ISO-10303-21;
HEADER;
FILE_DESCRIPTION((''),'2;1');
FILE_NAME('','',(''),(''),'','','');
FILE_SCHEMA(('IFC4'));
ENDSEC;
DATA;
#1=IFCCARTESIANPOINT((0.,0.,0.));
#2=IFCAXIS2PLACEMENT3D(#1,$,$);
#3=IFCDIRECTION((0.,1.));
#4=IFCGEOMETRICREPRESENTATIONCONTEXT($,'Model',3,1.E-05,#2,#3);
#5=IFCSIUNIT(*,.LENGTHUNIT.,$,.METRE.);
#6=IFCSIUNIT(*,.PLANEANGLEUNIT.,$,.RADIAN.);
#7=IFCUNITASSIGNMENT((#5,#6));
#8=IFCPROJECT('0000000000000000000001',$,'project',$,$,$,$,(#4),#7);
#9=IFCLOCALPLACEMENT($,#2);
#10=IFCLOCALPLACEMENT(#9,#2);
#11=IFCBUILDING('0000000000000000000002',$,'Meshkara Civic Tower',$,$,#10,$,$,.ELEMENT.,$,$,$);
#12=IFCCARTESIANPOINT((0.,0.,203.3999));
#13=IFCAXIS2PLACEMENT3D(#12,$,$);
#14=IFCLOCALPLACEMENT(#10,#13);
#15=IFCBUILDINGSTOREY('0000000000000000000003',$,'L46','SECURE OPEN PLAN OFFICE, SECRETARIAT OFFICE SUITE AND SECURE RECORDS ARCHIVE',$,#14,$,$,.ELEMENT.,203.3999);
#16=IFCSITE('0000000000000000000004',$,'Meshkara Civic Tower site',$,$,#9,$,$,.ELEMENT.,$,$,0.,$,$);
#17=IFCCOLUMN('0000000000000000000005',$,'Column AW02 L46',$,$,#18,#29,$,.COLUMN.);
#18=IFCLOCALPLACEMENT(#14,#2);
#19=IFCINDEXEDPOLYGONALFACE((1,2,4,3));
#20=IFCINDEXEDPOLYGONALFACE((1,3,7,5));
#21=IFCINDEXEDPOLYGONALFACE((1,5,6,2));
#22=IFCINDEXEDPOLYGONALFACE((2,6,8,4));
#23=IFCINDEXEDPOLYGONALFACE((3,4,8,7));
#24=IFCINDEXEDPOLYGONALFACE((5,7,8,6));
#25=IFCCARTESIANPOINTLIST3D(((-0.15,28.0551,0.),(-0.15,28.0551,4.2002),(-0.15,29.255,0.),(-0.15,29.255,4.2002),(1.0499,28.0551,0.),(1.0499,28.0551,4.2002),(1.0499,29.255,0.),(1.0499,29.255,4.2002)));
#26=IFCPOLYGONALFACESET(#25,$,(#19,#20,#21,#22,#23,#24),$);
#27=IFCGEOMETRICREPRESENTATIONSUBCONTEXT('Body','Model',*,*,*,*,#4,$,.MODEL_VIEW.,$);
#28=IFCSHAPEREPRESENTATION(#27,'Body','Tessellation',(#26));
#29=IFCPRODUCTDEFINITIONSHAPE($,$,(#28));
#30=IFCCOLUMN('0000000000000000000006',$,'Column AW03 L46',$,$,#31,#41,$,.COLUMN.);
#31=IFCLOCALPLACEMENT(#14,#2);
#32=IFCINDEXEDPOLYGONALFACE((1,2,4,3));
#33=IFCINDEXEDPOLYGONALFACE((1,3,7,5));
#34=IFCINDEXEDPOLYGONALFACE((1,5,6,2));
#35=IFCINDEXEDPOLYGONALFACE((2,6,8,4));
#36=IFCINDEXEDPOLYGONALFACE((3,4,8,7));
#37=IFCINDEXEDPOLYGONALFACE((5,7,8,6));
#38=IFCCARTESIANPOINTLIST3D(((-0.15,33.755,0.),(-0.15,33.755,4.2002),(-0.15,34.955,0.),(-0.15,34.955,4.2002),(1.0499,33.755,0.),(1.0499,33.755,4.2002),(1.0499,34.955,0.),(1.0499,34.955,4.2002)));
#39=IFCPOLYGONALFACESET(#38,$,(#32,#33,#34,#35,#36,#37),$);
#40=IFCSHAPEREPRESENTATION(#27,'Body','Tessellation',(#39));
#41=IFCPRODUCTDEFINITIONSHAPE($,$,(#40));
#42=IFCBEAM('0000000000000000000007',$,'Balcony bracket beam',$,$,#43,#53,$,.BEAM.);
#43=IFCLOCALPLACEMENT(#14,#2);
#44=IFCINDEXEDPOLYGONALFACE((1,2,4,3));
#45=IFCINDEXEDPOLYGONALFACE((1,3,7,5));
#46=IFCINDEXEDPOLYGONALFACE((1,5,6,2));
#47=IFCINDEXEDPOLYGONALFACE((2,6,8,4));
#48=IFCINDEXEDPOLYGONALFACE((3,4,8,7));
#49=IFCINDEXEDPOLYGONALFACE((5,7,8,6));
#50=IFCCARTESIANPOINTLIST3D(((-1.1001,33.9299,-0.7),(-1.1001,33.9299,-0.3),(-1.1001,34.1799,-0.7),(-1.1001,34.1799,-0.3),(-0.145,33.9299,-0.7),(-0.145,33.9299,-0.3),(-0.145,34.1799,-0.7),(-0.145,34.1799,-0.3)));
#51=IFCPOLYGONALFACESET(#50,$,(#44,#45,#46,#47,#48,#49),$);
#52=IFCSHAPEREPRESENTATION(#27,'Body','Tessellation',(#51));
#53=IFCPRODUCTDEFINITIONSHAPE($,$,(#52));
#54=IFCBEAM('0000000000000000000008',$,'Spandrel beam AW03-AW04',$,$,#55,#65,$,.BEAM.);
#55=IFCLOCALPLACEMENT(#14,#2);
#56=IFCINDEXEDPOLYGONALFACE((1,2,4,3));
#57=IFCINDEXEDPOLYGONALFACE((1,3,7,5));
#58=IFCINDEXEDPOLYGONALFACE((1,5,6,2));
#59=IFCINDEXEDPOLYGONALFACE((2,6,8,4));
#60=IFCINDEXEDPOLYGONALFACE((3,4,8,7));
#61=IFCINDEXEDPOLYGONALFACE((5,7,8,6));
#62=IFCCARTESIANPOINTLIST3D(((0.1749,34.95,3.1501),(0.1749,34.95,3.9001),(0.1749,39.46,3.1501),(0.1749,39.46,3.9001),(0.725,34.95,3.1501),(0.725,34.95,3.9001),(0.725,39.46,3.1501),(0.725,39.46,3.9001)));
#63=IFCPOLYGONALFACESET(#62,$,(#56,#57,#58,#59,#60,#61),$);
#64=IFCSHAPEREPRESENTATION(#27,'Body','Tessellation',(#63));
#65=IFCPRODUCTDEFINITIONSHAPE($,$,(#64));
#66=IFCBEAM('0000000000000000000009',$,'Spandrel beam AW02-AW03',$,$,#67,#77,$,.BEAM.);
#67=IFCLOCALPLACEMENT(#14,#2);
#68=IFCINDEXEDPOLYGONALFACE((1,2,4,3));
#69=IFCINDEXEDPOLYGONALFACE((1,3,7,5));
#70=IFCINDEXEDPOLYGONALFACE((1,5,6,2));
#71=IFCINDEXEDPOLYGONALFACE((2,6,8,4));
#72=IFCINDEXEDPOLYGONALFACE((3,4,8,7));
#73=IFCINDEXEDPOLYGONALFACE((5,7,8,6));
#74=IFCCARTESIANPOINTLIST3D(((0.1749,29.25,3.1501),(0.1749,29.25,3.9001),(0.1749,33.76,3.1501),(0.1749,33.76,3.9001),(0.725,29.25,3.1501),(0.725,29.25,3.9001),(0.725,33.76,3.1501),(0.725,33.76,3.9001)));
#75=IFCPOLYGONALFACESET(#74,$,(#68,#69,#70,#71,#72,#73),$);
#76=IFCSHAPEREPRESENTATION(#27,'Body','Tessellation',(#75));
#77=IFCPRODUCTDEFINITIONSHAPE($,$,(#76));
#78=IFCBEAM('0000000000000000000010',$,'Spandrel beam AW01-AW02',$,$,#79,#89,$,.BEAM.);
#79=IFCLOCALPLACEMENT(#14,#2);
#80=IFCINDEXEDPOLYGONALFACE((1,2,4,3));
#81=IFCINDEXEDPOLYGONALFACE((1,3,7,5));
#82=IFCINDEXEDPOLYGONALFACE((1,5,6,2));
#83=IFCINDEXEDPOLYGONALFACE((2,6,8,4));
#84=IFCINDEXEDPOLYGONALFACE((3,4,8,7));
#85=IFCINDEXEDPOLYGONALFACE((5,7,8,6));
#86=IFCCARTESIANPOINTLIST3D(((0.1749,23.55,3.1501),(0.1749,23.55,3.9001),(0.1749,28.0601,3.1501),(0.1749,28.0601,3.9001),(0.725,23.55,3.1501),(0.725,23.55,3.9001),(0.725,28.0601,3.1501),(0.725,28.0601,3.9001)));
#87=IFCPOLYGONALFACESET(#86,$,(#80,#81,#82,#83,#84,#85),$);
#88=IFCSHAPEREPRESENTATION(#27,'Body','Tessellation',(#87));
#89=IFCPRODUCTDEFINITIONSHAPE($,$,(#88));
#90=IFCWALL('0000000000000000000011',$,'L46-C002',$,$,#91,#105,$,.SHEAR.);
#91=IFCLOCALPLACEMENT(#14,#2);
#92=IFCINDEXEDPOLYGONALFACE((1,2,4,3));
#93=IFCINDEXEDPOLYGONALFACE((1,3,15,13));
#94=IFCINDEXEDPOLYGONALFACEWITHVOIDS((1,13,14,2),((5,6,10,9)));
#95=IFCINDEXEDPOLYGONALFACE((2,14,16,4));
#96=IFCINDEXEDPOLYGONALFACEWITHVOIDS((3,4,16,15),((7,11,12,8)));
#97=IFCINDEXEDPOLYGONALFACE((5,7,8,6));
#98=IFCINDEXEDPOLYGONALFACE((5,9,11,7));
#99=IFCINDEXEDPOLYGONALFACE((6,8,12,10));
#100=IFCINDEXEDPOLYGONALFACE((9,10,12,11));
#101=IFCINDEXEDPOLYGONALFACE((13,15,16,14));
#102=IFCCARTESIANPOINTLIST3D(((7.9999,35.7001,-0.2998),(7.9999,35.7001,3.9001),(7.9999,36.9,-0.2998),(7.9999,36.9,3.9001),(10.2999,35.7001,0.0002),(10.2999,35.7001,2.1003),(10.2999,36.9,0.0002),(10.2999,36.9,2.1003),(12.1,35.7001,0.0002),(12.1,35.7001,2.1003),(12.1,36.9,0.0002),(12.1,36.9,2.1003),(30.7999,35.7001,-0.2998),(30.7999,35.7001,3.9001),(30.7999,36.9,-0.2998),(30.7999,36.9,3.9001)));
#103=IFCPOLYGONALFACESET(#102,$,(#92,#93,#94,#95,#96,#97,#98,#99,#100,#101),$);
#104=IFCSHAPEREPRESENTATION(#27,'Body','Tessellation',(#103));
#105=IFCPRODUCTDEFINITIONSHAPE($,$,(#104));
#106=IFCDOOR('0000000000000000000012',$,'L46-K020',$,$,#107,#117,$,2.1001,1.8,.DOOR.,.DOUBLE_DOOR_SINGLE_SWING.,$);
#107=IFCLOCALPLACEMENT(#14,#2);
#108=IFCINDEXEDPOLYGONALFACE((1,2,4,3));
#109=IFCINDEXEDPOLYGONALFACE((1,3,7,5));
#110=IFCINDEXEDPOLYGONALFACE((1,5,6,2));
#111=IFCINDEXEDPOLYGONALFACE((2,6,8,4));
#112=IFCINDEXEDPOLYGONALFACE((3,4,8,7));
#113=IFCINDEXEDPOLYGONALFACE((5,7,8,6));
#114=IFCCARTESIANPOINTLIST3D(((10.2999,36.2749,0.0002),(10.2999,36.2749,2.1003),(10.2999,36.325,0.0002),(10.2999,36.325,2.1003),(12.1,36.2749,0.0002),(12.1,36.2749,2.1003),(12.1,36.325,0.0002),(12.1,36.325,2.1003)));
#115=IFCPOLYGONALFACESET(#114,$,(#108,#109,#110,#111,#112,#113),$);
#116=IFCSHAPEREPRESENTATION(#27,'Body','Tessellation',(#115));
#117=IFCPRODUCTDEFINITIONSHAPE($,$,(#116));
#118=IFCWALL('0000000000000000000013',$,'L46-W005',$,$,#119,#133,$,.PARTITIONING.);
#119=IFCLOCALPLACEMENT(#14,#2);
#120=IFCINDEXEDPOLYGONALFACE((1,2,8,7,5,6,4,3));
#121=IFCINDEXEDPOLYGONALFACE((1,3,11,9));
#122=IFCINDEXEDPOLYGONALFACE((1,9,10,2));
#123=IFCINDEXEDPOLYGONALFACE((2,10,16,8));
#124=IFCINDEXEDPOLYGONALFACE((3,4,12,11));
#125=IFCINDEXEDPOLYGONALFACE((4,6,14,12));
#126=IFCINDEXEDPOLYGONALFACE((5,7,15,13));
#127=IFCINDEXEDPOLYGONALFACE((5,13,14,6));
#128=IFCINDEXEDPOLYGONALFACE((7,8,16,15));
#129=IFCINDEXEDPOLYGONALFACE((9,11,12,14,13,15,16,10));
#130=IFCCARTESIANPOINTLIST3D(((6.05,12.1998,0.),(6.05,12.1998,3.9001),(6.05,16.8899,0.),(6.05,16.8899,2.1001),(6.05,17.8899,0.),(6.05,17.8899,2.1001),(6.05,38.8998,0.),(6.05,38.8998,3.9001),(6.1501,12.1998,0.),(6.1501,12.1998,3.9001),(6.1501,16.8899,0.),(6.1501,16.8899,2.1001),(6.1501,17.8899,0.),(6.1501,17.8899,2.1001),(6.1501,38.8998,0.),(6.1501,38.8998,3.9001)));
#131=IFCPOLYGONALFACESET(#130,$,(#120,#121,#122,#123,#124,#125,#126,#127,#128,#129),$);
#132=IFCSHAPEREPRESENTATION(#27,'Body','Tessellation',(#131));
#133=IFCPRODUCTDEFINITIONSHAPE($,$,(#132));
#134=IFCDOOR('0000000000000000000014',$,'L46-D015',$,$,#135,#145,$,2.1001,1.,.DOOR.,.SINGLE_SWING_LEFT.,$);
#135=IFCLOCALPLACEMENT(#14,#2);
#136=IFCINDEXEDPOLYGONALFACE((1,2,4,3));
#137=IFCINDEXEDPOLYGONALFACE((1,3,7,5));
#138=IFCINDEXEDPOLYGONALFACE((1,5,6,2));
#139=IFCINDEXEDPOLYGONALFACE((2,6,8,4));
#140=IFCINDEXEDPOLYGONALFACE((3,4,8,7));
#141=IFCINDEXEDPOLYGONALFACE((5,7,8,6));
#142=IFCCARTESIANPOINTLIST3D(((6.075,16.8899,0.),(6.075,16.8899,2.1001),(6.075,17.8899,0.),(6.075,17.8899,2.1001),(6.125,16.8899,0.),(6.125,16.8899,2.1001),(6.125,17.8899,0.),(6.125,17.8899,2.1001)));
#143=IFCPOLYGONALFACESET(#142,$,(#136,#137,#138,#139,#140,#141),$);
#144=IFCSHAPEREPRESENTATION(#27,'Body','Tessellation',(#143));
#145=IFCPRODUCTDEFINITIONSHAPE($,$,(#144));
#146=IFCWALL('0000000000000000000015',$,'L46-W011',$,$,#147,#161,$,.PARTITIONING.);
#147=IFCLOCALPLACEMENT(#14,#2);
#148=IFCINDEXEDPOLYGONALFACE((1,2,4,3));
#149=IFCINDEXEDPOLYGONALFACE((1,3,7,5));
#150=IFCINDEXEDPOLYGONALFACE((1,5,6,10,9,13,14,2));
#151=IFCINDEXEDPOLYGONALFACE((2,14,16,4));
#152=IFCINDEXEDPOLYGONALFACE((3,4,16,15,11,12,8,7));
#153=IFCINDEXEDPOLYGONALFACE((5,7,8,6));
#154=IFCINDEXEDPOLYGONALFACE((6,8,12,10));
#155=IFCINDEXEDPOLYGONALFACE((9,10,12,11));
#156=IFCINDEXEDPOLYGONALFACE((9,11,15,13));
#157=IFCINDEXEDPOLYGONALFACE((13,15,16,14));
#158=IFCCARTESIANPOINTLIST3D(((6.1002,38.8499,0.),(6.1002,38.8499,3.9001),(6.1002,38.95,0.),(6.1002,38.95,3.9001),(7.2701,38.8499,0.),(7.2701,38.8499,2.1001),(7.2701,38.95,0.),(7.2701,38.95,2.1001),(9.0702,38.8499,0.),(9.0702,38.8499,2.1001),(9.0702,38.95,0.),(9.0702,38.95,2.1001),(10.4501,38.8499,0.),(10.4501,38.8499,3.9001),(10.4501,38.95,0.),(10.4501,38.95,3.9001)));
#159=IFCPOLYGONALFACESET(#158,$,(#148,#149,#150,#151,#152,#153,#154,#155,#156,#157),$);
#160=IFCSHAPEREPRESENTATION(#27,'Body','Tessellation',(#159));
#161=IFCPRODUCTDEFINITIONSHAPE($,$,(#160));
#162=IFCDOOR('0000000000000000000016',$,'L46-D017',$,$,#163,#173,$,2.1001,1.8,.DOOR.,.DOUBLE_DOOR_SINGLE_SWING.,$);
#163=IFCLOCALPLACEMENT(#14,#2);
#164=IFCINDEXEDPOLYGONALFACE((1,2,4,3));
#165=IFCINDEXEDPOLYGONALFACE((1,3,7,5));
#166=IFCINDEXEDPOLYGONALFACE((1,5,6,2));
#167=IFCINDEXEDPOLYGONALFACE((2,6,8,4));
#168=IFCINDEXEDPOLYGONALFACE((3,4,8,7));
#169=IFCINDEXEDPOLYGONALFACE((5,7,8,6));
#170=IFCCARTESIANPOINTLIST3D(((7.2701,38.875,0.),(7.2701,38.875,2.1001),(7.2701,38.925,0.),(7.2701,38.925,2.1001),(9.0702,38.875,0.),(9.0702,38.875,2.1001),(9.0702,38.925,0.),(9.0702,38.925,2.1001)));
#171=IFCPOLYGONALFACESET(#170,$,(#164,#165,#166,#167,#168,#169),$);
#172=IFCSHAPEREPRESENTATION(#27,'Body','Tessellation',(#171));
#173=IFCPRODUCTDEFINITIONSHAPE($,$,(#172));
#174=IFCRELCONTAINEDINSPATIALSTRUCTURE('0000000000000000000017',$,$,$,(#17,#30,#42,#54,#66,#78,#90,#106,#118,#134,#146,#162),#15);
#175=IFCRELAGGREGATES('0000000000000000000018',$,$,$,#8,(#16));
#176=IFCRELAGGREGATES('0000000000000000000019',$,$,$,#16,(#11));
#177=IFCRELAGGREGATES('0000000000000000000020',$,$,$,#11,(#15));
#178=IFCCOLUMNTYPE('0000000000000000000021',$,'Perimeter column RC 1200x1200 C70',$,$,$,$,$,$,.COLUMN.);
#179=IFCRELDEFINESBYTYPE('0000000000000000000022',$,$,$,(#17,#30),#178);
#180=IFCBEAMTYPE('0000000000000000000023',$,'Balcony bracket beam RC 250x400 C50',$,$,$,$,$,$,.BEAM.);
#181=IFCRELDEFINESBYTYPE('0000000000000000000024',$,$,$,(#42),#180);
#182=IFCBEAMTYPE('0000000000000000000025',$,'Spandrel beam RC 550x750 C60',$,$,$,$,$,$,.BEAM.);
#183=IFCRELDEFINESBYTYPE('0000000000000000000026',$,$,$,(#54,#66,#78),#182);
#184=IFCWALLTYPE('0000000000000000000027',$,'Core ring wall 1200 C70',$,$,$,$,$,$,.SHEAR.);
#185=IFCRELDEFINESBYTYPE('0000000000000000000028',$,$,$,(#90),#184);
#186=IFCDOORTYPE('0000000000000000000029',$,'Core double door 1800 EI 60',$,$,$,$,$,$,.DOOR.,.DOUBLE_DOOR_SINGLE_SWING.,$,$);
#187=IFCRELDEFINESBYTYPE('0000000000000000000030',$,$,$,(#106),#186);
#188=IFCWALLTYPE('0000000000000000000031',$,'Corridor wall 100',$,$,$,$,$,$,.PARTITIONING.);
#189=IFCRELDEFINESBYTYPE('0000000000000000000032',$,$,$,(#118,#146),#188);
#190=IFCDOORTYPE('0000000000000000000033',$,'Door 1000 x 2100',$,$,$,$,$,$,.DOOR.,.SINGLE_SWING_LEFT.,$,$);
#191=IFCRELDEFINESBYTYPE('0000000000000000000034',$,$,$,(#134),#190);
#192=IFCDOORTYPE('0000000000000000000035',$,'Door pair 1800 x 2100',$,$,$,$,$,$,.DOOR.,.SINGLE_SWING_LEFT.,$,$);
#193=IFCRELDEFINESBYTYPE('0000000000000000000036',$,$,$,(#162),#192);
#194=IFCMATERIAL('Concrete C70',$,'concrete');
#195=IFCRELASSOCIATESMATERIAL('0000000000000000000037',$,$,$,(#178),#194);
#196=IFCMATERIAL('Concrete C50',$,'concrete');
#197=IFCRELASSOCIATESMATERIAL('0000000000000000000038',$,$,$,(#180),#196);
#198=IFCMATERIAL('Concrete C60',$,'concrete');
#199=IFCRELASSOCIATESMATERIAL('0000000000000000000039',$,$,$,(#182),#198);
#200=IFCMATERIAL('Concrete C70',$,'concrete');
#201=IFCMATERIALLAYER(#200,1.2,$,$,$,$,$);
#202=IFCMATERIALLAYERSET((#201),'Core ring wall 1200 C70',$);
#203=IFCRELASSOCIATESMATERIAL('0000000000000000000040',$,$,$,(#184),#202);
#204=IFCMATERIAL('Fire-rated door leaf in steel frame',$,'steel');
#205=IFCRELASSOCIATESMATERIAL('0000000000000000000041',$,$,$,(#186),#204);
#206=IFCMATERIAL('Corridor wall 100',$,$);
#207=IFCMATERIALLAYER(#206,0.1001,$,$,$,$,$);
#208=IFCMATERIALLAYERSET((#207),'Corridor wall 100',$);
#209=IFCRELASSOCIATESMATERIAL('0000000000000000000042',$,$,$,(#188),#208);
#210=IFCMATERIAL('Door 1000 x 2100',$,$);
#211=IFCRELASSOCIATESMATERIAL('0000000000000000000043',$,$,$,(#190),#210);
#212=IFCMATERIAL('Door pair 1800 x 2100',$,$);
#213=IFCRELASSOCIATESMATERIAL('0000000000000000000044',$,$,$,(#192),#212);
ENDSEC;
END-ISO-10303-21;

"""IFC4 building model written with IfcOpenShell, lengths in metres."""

from ifc_helpers import new_model, si_unit, direction, frame, frame_2d, origin, origin_2d, place, context, subcontext, project, spatial, rectangle, extrude, material, layer, layer_set, material_profile, profile_set, type_object, element, fill, save


model = new_model("IFC4")

# Units and contexts
model_context = context("Model", 3, precision=1e-05, world=origin(), true_north=direction((0.0, 1.0)))
body_context = subcontext(model_context, "Body", "Model", "MODEL_VIEW")
ifc_project = project(units=[si_unit("LENGTHUNIT", "METRE"), si_unit("PLANEANGLEUNIT", "RADIAN")], contexts=[model_context])

# Site, building, storey
site_placement = place(None, origin())
site = spatial("IfcSite", under=ifc_project, at=site_placement, Name="Meshkara Civic Tower site", CompositionType="ELEMENT", RefElevation=0.0)
building_placement = place(site_placement, origin())
building = spatial("IfcBuilding", under=site, at=building_placement, Name="Meshkara Civic Tower", CompositionType="ELEMENT")
storey_placement = place(building_placement, frame((0.0, 0.0, 203.3999)))
storey = spatial("IfcBuildingStorey", under=building, at=storey_placement, Name="L46", Description="SECURE OPEN PLAN OFFICE, SECRETARIAT OFFICE SUITE AND SECURE RECORDS ARCHIVE", CompositionType="ELEMENT", Elevation=203.3999)

# Columns
ifc_material_1 = material(Name="Concrete C70", Category="concrete")
ifc_material_profile_1 = material_profile(ifc_material_1, rectangle(XDim=1.2, YDim=1.2, at=origin_2d()))
ifc_profile_set_1 = profile_set([ifc_material_profile_1], Name="Concrete C70")
column_type = type_object("IfcColumnType", Name="Perimeter column RC 1200x1200 C70", PredefinedType="COLUMN", material=ifc_profile_set_1)
for number, where, z_axis, x_axis, name in (
    (1, (0.45, 28.655, 0.0), (0.0, 0.0, 1.0), (1.0, 0.0, 0.0), "Column AW02 L46"),
    (2, (0.45, 34.355, 0.0), (0.0, 0.0, 1.0), (1.0, 0.0, 0.0), "Column AW03 L46"),
):
    element("IfcColumn", number, at=place(storey_placement, frame(where, z_axis=z_axis, x_axis=x_axis)), inside=storey, type_object=column_type, Name=name, PredefinedType="COLUMN", context=body_context, shape_type="SweptSolid", body=[
        extrude(rectangle(XDim=1.2, YDim=1.2, at=origin_2d()), origin(), (0.0, 0.0, 1.0), 4.2002),
    ])

# Beams
ifc_material_2 = material(Name="Concrete C50", Category="concrete")
ifc_material_profile_2 = material_profile(ifc_material_2, rectangle(XDim=0.25, YDim=0.3999, at=origin_2d()))
ifc_profile_set_2 = profile_set([ifc_material_profile_2], Name="Concrete C50")
beam_type_1 = type_object("IfcBeamType", Name="Balcony bracket beam RC 250x400 C50", PredefinedType="BEAM", material=ifc_profile_set_2)
beam_placement = place(storey_placement, frame((-0.145, 34.0549, -0.5), z_axis=(-1.0, 0.0, 0.0), x_axis=(0.0, -1.0, 0.0)))
element("IfcBeam", 3, at=beam_placement, inside=storey, type_object=beam_type_1, Name="Balcony bracket beam", PredefinedType="BEAM", context=body_context, shape_type="SweptSolid", body=[
    extrude(rectangle(XDim=0.25, YDim=0.3999, at=origin_2d()), origin(), (0.0, 0.0, 1.0), 0.9551),
])
ifc_material_3 = material(Name="Concrete C60", Category="concrete")
ifc_material_profile_3 = material_profile(ifc_material_3, rectangle(XDim=0.55, YDim=0.75, at=origin_2d()))
ifc_profile_set_3 = profile_set([ifc_material_profile_3], Name="Concrete C60")
beam_type_2 = type_object("IfcBeamType", Name="Spandrel beam RC 550x750 C60", PredefinedType="BEAM", material=ifc_profile_set_3)
for number, where, z_axis, x_axis, name in (
    (4, (0.45, 39.46, 3.5251), (0.0, -1.0, 0.0), (1.0, 0.0, 0.0), "Spandrel beam AW03-AW04"),
    (5, (0.45, 33.76, 3.5251), (0.0, -1.0, 0.0), (1.0, 0.0, 0.0), "Spandrel beam AW02-AW03"),
    (6, (0.45, 28.0601, 3.5251), (0.0, -1.0, 0.0), (1.0, 0.0, 0.0), "Spandrel beam AW01-AW02"),
):
    element("IfcBeam", number, at=place(storey_placement, frame(where, z_axis=z_axis, x_axis=x_axis)), inside=storey, type_object=beam_type_2, Name=name, PredefinedType="BEAM", context=body_context, shape_type="SweptSolid", body=[
        extrude(rectangle(XDim=0.55, YDim=0.75, at=origin_2d()), origin(), (0.0, 0.0, 1.0), 4.51),
    ])

# Walls, openings, doors
ifc_material_4 = material(Name="Concrete C70", Category="concrete")
ifc_layer_1 = layer(ifc_material_4, 1.2)
ifc_layer_set_1 = layer_set([ifc_layer_1], Name="Core ring wall 1200 C70")
wall_type_1 = type_object("IfcWallType", Name="Core ring wall 1200 C70", PredefinedType="SHEAR", material=ifc_layer_set_1)
wall_1_placement = place(storey_placement, frame((8.0, 36.3, -0.2998), z_axis=(0.0, 0.0, 1.0), x_axis=(1.0, 0.0, 0.0)))
wall_1 = element("IfcWall", 7, at=wall_1_placement, inside=storey, type_object=wall_type_1, Name="L46-C002", PredefinedType="SHEAR", context=body_context, shape_type="SweptSolid", body=[
    extrude(rectangle(XDim=22.8, YDim=1.2, at=frame_2d((11.3999, 0.0))), origin(), (0.0, 0.0, 1.0), 4.2),
])
opening_1_placement = place(wall_1_placement, frame((2.3, 0.0, 0.3)))
opening_1 = element("IfcOpeningElement", 8, at=opening_1_placement, cuts=wall_1, PredefinedType="OPENING", context=body_context, shape_type="SweptSolid", body=[
    extrude(rectangle(XDim=1.8, YDim=2.1001, at=frame_2d((0.8999, 1.05))), frame((0.0, 0.6099, 0.0), z_axis=(0.0, -1.0, 0.0), x_axis=(1.0, 0.0, 0.0)), (0.0, 0.0, 1.0), 1.22),
])
ifc_material_5 = material(Name="Fire-rated door leaf in steel frame", Category="steel")
door_type_1 = type_object("IfcDoorType", Name="Core double door 1800 EI 60", OperationType="DOUBLE_DOOR_SINGLE_SWING", PredefinedType="DOOR", material=ifc_material_5)
door_1_placement = place(opening_1_placement, origin())
door_1 = element("IfcDoor", 9, at=door_1_placement, inside=storey, type_object=door_type_1, Name="L46-K020", OperationType="DOUBLE_DOOR_SINGLE_SWING", OverallHeight=2.1001, OverallWidth=1.8, PredefinedType="DOOR", context=body_context, shape_type="SweptSolid", body=[
    extrude(rectangle(XDim=1.8, YDim=2.1001, at=frame_2d((0.8999, 1.05))), frame((0.0, 0.0249, 0.0), z_axis=(0.0, -1.0, 0.0), x_axis=(1.0, 0.0, 0.0)), (0.0, 0.0, 1.0), 0.05),
])
fill(opening_1, door_1)
ifc_material_6 = material(Name="Corridor wall 100")
ifc_layer_2 = layer(ifc_material_6, 0.1001)
ifc_layer_set_2 = layer_set([ifc_layer_2], Name="Corridor wall 100")
wall_type_2 = type_object("IfcWallType", Name="Corridor wall 100", PredefinedType="PARTITIONING", material=ifc_layer_set_2)
wall_2_placement = place(storey_placement, frame((6.1001, 38.8999, 0.0), z_axis=(0.0, 0.0, 1.0), x_axis=(0.0, -1.0, 0.0)))
wall_2 = element("IfcWall", 10, at=wall_2_placement, inside=storey, type_object=wall_type_2, Name="L46-W005", PredefinedType="PARTITIONING", context=body_context, shape_type="SweptSolid", body=[
    extrude(rectangle(XDim=26.7, YDim=0.1001, at=frame_2d((13.3501, 0.0))), origin(), (0.0, 0.0, 1.0), 3.9001),
])
opening_2_placement = place(wall_2_placement, frame((21.01, 0.0, 0.0)))
opening_2 = element("IfcOpeningElement", 11, at=opening_2_placement, cuts=wall_2, PredefinedType="OPENING", context=body_context, shape_type="SweptSolid", body=[
    extrude(rectangle(XDim=1.0, YDim=2.1001, at=frame_2d((0.5, 1.05))), frame((0.0, 0.0601, 0.0), z_axis=(0.0, -1.0, 0.0), x_axis=(1.0, 0.0, 0.0)), (0.0, 0.0, 1.0), 0.1201),
])
ifc_material_7 = material(Name="Door 1000 x 2100")
door_type_2 = type_object("IfcDoorType", Name="Door 1000 x 2100", OperationType="SINGLE_SWING_LEFT", PredefinedType="DOOR", material=ifc_material_7)
door_2_placement = place(opening_2_placement, origin())
door_2 = element("IfcDoor", 12, at=door_2_placement, inside=storey, type_object=door_type_2, Name="L46-D015", OperationType="SINGLE_SWING_LEFT", OverallHeight=2.1001, OverallWidth=1.0, PredefinedType="DOOR", context=body_context, shape_type="SweptSolid", body=[
    extrude(rectangle(XDim=1.0, YDim=2.1001, at=frame_2d((0.5, 1.05))), frame((0.0, 0.0249, 0.0), z_axis=(0.0, -1.0, 0.0), x_axis=(1.0, 0.0, 0.0)), (0.0, 0.0, 1.0), 0.05),
])
fill(opening_2, door_2)
wall_3_placement = place(storey_placement, frame((10.45, 38.8999, 0.0), z_axis=(0.0, 0.0, 1.0), x_axis=(-1.0, 0.0, 0.0)))
wall_3 = element("IfcWall", 13, at=wall_3_placement, inside=storey, type_object=wall_type_2, Name="L46-W011", PredefinedType="PARTITIONING", context=body_context, shape_type="SweptSolid", body=[
    extrude(rectangle(XDim=4.3499, YDim=0.1001, at=frame_2d((2.1748, 0.0))), origin(), (0.0, 0.0, 1.0), 3.9001),
])
opening_3_placement = place(wall_3_placement, frame((1.3799, 0.0, 0.0)))
opening_3 = element("IfcOpeningElement", 14, at=opening_3_placement, cuts=wall_3, PredefinedType="OPENING", context=body_context, shape_type="SweptSolid", body=[
    extrude(rectangle(XDim=1.8, YDim=2.1001, at=frame_2d((0.8999, 1.05))), frame((0.0, 0.0601, 0.0), z_axis=(0.0, -1.0, 0.0), x_axis=(1.0, 0.0, 0.0)), (0.0, 0.0, 1.0), 0.1201),
])
ifc_material_8 = material(Name="Door pair 1800 x 2100")
door_type_3 = type_object("IfcDoorType", Name="Door pair 1800 x 2100", OperationType="SINGLE_SWING_LEFT", PredefinedType="DOOR", material=ifc_material_8)
door_3_placement = place(opening_3_placement, origin())
door_3 = element("IfcDoor", 15, at=door_3_placement, inside=storey, type_object=door_type_3, Name="L46-D017", OperationType="DOUBLE_DOOR_SINGLE_SWING", OverallHeight=2.1001, OverallWidth=1.8, PredefinedType="DOOR", context=body_context, shape_type="SweptSolid", body=[
    extrude(rectangle(XDim=1.8, YDim=2.1001, at=frame_2d((0.8999, 1.05))), frame((0.0, 0.0249, 0.0), z_axis=(0.0, -1.0, 0.0), x_axis=(1.0, 0.0, 0.0)), (0.0, 0.0, 1.0), 0.05),
])
fill(opening_3, door_3)

save(model, "model.ifc")
